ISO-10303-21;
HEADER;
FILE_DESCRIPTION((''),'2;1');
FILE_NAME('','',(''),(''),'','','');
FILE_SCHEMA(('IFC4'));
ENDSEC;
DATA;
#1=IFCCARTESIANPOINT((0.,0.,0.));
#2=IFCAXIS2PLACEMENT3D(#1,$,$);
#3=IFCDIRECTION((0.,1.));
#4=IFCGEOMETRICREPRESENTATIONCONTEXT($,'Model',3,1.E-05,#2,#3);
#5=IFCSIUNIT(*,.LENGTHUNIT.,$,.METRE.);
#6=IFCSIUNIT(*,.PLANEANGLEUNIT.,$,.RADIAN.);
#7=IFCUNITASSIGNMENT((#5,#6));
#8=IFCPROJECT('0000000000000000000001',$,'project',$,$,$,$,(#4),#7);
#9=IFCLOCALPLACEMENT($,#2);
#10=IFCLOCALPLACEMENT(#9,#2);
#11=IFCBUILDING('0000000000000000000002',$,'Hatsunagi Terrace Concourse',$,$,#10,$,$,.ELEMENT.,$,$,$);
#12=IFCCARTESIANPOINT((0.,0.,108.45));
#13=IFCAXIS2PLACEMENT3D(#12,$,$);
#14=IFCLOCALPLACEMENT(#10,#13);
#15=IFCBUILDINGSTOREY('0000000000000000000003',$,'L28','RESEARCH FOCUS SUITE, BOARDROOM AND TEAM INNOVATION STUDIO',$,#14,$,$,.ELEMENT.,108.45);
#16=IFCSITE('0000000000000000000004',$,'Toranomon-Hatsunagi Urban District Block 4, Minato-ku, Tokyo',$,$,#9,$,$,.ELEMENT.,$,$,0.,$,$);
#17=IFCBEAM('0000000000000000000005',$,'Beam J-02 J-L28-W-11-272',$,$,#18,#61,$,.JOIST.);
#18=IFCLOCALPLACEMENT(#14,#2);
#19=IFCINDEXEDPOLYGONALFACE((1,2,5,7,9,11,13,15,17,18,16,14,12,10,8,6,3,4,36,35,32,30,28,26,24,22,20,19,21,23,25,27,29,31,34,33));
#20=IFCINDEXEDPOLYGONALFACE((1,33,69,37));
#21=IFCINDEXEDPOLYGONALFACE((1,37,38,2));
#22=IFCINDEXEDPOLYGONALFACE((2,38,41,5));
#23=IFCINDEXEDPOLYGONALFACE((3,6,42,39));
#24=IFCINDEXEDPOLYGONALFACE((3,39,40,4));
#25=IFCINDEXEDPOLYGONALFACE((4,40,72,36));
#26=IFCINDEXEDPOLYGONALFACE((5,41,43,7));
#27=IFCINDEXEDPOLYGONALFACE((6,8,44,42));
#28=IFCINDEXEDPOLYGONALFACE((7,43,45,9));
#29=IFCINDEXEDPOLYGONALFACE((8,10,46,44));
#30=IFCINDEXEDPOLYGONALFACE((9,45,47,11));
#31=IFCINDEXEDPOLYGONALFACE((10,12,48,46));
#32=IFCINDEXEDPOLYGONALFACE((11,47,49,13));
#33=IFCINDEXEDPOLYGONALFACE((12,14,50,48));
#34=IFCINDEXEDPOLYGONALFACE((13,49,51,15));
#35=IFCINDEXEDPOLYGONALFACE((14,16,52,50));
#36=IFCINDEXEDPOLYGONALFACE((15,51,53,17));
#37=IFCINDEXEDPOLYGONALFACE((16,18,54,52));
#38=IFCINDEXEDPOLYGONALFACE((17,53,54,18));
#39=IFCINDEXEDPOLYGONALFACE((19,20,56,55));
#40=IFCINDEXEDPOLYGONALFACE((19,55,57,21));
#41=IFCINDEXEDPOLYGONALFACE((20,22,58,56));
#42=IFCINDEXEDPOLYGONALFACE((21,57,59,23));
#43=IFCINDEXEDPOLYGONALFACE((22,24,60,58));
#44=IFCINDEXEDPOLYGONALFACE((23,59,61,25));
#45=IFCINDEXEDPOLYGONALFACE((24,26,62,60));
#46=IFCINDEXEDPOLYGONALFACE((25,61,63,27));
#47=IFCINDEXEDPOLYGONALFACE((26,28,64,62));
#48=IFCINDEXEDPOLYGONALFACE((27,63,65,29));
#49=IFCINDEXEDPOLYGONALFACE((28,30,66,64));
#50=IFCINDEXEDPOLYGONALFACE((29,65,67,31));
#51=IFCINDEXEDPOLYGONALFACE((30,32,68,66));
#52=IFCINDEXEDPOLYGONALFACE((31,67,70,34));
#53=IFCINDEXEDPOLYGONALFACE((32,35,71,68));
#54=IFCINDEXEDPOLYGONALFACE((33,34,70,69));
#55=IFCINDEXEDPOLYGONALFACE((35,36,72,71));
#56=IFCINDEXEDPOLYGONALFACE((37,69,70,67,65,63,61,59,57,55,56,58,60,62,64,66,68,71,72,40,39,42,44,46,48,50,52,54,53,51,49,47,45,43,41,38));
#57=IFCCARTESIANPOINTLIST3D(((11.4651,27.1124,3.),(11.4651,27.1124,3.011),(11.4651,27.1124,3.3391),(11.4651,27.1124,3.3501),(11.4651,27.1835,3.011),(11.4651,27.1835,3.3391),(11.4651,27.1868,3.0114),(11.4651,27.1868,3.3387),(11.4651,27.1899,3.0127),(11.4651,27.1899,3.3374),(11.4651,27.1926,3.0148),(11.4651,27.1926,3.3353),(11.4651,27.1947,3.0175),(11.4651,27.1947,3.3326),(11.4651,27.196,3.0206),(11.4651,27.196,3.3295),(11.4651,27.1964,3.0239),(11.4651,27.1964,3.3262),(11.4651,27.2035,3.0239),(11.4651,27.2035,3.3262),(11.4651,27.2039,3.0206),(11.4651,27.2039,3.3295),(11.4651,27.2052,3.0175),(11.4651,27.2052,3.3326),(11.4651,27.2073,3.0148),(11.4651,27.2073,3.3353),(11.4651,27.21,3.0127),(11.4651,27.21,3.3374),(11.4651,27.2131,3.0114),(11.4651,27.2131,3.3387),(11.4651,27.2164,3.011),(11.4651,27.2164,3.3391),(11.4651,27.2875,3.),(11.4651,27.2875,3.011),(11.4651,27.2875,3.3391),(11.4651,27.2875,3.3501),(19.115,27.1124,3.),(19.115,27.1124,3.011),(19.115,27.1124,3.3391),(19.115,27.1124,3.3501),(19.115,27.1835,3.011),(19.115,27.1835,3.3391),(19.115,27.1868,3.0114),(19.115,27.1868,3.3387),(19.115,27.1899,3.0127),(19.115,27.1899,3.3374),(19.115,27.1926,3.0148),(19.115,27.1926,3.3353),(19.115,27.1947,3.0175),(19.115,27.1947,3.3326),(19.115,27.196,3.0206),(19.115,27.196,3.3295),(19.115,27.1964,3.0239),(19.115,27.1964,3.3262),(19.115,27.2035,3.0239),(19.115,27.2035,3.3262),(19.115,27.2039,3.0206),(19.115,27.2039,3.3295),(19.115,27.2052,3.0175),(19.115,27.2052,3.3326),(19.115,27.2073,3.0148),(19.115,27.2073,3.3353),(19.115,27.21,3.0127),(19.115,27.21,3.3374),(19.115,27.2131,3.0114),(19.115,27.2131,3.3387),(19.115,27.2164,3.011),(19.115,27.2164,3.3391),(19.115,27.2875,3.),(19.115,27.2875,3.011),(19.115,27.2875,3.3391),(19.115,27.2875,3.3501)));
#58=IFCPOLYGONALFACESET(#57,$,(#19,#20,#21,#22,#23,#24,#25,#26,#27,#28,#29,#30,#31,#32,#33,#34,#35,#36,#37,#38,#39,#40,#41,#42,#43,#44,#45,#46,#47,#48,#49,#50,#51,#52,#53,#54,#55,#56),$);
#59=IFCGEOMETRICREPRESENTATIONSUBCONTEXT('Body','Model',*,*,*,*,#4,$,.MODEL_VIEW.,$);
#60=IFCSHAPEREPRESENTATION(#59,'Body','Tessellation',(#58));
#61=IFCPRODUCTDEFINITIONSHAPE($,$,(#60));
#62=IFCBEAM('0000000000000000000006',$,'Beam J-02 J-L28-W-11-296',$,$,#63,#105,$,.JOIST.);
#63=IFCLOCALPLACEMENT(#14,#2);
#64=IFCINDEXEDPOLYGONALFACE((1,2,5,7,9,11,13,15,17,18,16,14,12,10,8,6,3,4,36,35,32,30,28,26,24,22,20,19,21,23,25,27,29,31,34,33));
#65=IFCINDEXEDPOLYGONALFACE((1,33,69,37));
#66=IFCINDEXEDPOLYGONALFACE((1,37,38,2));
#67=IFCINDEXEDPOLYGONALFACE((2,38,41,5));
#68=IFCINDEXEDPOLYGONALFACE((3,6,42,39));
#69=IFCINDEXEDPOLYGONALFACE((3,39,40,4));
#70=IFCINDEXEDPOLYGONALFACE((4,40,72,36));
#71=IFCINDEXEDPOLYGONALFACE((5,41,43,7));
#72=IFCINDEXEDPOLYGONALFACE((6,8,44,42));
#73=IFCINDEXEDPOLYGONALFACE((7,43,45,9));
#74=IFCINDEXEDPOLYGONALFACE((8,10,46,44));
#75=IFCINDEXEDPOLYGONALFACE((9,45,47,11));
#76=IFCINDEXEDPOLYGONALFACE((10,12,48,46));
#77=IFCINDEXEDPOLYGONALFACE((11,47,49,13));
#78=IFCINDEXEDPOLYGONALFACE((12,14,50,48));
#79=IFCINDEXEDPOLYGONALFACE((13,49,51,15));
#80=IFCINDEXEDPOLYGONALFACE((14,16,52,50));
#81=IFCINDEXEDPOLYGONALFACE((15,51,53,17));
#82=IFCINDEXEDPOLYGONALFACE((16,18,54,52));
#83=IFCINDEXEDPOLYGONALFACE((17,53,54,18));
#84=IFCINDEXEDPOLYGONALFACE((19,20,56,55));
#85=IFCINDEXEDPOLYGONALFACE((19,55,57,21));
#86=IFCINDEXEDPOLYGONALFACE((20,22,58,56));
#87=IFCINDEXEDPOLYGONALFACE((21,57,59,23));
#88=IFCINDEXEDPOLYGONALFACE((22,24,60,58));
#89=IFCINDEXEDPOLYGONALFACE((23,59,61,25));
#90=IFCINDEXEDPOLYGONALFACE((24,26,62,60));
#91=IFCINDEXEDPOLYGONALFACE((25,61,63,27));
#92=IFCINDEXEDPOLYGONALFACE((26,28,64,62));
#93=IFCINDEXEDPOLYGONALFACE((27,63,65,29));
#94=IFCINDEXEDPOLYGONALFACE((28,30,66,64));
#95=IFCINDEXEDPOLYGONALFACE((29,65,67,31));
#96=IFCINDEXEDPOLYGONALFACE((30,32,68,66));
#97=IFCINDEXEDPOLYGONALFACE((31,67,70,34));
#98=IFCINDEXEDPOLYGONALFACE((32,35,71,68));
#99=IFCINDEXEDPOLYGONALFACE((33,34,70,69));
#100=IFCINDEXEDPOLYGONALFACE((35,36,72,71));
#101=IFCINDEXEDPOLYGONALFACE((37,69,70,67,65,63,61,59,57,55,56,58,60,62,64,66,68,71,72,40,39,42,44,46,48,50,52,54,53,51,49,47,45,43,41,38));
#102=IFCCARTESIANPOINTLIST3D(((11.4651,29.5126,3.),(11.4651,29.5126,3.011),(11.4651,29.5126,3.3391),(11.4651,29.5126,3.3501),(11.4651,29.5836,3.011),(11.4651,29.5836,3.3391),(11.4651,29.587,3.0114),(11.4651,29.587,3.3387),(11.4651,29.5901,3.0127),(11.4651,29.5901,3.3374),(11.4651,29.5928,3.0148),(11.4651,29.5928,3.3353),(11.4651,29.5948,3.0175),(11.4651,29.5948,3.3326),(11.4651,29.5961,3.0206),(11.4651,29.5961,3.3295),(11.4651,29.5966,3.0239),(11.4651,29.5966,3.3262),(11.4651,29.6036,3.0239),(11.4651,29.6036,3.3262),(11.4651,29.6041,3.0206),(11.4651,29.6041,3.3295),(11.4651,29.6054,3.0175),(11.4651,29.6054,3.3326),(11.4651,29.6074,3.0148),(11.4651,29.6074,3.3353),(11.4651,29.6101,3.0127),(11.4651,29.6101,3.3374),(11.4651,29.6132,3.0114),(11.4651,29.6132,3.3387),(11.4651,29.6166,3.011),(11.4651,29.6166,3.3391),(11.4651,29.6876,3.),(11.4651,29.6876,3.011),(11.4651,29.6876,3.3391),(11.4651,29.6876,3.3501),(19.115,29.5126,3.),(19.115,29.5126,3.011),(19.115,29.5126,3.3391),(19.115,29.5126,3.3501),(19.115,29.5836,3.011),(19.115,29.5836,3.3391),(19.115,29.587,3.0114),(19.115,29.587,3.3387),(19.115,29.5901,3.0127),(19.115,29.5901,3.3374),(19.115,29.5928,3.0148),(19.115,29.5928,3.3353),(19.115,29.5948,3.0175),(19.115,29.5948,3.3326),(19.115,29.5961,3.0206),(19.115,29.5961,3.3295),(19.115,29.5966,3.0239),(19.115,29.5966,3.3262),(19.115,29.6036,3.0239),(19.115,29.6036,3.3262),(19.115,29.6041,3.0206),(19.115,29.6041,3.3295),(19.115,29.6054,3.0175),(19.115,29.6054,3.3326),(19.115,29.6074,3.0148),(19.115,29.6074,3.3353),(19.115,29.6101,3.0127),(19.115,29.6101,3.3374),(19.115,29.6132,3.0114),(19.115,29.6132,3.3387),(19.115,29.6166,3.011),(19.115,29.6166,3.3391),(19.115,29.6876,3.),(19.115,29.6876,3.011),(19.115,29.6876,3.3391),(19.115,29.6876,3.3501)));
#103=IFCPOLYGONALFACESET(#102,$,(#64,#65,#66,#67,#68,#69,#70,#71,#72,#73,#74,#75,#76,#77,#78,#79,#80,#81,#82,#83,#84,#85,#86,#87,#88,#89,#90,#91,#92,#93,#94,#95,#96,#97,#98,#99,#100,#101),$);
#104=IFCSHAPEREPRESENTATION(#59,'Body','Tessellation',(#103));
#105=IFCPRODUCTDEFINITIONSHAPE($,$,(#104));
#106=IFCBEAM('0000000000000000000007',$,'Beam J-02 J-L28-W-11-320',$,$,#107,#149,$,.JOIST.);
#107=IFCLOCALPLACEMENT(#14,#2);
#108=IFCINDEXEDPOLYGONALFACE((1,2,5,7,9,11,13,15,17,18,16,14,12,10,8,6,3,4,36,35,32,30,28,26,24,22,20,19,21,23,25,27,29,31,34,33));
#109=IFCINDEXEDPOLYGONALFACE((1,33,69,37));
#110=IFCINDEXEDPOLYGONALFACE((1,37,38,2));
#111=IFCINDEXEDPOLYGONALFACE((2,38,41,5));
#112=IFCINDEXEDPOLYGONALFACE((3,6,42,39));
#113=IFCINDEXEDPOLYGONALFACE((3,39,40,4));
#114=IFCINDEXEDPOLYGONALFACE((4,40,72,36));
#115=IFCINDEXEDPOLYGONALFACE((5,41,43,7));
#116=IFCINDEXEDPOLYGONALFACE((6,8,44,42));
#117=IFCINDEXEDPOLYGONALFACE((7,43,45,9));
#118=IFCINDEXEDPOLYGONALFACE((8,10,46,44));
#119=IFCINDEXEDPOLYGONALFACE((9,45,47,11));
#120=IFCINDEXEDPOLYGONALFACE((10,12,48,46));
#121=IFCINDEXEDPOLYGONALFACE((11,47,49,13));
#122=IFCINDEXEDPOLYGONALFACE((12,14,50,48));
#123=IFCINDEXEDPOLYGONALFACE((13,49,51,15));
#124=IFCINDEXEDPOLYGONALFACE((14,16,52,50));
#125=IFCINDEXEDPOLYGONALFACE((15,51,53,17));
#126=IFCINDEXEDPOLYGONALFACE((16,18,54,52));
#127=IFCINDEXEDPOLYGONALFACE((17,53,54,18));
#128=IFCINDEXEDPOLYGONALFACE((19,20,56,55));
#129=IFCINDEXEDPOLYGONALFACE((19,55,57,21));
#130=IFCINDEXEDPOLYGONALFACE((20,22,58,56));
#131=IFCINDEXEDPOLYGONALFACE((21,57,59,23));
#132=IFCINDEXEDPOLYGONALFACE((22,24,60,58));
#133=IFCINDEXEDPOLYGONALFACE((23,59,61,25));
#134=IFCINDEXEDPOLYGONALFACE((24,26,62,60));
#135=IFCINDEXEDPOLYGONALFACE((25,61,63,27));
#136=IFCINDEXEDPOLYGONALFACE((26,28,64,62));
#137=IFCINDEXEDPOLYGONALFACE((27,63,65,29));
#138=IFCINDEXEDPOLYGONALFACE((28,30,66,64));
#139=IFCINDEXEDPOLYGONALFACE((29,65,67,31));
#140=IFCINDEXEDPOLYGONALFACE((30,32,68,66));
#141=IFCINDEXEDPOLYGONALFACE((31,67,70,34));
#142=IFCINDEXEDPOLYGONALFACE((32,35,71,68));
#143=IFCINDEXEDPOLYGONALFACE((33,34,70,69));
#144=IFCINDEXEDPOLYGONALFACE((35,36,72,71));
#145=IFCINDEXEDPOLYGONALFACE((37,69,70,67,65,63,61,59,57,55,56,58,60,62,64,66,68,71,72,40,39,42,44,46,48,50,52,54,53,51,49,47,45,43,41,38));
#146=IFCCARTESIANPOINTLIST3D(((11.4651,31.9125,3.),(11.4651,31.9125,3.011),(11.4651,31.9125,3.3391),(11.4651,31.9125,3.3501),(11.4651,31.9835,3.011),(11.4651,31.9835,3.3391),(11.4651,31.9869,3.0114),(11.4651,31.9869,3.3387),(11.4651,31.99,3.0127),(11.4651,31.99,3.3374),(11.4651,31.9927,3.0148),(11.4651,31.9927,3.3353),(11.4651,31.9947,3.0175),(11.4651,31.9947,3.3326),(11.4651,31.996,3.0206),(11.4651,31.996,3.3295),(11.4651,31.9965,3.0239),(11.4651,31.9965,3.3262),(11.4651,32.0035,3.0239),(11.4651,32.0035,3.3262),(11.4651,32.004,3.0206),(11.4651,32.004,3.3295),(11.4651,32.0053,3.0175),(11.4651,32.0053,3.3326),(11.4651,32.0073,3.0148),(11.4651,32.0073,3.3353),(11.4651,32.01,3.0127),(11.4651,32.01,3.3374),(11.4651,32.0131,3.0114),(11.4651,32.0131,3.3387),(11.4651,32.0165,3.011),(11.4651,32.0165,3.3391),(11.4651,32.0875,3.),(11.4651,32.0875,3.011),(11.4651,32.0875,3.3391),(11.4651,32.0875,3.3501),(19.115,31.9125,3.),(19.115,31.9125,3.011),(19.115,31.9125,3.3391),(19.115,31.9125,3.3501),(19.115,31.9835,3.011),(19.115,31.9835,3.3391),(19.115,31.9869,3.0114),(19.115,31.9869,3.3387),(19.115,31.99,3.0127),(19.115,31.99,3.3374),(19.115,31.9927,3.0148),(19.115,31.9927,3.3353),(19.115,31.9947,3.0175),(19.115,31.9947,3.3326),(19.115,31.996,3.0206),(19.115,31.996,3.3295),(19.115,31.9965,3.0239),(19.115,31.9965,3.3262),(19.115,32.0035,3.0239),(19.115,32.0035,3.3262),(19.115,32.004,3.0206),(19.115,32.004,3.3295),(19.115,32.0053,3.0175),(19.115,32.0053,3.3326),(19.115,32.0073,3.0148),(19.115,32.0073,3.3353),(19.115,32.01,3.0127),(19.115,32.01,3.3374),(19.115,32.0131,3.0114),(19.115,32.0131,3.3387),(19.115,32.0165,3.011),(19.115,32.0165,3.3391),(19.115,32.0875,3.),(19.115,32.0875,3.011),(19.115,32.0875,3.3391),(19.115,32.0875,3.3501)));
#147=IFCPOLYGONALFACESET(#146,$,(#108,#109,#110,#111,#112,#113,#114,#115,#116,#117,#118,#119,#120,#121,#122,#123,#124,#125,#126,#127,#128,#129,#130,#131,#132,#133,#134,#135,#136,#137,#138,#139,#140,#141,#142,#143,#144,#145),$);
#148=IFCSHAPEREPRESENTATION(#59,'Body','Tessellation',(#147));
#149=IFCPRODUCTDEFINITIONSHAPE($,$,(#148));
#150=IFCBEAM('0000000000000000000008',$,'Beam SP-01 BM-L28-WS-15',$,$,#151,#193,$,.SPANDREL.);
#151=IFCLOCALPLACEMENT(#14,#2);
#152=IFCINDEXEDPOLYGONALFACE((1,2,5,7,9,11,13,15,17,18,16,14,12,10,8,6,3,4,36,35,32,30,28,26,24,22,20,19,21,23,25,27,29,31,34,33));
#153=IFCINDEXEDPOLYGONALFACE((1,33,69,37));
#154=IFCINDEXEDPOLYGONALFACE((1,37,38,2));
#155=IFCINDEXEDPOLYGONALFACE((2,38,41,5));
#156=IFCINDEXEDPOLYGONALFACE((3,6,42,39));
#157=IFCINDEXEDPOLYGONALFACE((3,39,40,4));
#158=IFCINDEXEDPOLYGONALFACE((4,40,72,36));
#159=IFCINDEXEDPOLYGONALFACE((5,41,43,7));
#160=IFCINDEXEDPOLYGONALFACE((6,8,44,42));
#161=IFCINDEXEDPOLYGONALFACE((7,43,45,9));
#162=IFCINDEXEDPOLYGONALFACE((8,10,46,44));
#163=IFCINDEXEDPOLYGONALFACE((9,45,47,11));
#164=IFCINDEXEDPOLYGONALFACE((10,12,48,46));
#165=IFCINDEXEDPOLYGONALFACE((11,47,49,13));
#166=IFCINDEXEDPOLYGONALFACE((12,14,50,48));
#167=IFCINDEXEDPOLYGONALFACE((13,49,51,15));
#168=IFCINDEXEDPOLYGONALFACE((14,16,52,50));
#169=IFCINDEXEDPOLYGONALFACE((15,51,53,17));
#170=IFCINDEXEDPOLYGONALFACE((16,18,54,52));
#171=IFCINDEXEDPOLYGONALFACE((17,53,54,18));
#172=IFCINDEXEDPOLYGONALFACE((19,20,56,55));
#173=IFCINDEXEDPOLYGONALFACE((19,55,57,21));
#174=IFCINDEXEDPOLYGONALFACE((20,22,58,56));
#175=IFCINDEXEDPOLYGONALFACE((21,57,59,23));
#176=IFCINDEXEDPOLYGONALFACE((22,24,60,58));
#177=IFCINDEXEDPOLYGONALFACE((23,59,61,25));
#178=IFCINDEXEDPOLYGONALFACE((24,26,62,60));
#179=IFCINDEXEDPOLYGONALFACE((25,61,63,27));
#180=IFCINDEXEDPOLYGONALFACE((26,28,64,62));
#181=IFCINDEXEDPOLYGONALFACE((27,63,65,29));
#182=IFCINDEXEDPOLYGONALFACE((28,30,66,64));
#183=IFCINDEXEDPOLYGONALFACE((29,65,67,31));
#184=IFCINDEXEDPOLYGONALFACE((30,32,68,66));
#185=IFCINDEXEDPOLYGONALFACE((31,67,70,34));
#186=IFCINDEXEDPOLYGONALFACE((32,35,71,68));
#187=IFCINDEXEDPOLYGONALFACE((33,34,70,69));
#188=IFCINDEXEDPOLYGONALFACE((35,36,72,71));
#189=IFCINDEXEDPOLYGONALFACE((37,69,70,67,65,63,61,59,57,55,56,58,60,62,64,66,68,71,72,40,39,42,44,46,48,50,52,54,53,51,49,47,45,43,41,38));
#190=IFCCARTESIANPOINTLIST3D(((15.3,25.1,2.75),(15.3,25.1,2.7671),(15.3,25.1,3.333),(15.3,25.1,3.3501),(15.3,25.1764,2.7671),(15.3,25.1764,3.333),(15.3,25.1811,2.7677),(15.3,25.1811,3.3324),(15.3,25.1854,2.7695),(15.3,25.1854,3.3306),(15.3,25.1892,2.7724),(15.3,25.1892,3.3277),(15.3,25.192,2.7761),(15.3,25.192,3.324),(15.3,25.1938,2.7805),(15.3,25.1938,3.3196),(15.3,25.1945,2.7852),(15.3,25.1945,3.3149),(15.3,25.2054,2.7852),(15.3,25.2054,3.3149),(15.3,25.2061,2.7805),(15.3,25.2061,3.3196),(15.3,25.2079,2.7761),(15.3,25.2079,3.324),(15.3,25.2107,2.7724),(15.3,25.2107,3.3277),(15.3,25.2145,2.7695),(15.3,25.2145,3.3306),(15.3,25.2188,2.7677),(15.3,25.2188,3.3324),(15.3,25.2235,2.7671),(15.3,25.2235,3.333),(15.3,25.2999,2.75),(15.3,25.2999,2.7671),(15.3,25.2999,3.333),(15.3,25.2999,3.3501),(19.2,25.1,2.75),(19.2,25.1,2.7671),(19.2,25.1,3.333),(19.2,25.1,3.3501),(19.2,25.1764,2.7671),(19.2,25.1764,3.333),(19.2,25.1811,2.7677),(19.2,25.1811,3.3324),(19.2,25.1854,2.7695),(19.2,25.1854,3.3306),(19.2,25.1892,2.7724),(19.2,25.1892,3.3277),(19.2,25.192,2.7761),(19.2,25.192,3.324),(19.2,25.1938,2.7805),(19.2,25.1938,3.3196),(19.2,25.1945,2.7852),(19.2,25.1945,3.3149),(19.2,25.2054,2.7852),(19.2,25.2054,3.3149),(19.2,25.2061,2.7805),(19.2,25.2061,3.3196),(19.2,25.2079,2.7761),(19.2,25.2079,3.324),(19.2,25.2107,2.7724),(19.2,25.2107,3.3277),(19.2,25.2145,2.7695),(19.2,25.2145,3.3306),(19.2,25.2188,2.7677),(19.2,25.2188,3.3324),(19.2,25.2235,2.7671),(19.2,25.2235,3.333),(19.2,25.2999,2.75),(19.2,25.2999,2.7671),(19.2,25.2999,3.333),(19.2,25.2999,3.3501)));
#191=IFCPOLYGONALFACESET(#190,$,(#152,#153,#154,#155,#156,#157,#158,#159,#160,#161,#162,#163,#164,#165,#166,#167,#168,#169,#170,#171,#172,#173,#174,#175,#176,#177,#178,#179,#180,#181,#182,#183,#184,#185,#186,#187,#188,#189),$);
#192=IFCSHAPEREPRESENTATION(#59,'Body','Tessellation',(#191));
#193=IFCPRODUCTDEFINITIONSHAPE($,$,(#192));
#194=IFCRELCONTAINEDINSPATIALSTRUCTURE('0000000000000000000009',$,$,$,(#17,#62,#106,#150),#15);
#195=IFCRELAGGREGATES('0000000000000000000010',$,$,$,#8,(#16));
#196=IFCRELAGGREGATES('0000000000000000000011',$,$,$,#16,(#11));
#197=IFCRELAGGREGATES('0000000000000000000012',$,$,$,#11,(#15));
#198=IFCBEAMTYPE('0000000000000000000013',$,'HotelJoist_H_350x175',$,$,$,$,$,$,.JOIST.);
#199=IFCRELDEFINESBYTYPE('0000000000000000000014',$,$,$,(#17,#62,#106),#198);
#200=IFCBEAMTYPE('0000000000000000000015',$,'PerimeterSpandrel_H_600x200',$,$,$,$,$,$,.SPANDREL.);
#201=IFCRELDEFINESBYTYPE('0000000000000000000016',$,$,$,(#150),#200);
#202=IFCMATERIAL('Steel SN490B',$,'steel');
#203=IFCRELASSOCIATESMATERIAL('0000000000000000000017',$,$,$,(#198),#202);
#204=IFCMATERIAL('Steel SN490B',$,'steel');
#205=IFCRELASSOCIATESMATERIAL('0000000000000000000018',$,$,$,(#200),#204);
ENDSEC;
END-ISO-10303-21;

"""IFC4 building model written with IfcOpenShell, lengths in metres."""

from ifc_helpers import new_model, si_unit, direction, frame, origin, origin_2d, place, context, subcontext, project, spatial, i_section, extrude, material, material_profile, profile_set, type_object, element, save


model = new_model("IFC4")

# Units and contexts
model_context = context("Model", 3, precision=1e-05, world=origin(), true_north=direction((0.0, 1.0)))
body_context = subcontext(model_context, "Body", "Model", "MODEL_VIEW")
ifc_project = project(units=[si_unit("LENGTHUNIT", "METRE"), si_unit("PLANEANGLEUNIT", "RADIAN")], contexts=[model_context])

# Site, building, storey
site_placement = place(None, origin())
site = spatial("IfcSite", under=ifc_project, at=site_placement, Name="Toranomon-Hatsunagi Urban District Block 4, Minato-ku, Tokyo", CompositionType="ELEMENT", RefElevation=0.0)
building_placement = place(site_placement, origin())
building = spatial("IfcBuilding", under=site, at=building_placement, Name="Hatsunagi Terrace Concourse", CompositionType="ELEMENT")
storey_placement = place(building_placement, frame((0.0, 0.0, 108.45)))
storey = spatial("IfcBuildingStorey", under=building, at=storey_placement, Name="L28", Description="RESEARCH FOCUS SUITE, BOARDROOM AND TEAM INNOVATION STUDIO", CompositionType="ELEMENT", Elevation=108.45)

# Beams
ifc_material_1 = material(Name="Steel SN490B", Category="steel")
ifc_material_profile_1 = material_profile(ifc_material_1, i_section(OverallWidth=0.175, OverallDepth=0.3501, WebThickness=0.0071, FlangeThickness=0.011, FilletRadius=0.0129, at=origin_2d()), Name="H-350x175x7x11")
ifc_profile_set_1 = profile_set([ifc_material_profile_1], Name="Steel SN490B")
beam_type_1 = type_object("IfcBeamType", Name="HotelJoist_H_350x175", PredefinedType="JOIST", material=ifc_profile_set_1)
for number, where, z_axis, x_axis, name in (
    (1, (11.4651, 27.2, 3.175), (1.0, 0.0, 0.0), (0.0, 1.0, 0.0), "Beam J-02 J-L28-W-11-272"),
    (2, (11.4651, 29.6001, 3.175), (1.0, 0.0, 0.0), (0.0, 1.0, 0.0), "Beam J-02 J-L28-W-11-296"),
    (3, (11.4651, 32.0, 3.175), (1.0, 0.0, 0.0), (0.0, 1.0, 0.0), "Beam J-02 J-L28-W-11-320"),
):
    element("IfcBeam", number, at=place(storey_placement, frame(where, z_axis=z_axis, x_axis=x_axis)), inside=storey, type_object=beam_type_1, Name=name, PredefinedType="JOIST", context=body_context, shape_type="SweptSolid", body=[
        extrude(i_section(OverallWidth=0.175, OverallDepth=0.3501, WebThickness=0.0071, FlangeThickness=0.011, FilletRadius=0.0129, at=origin_2d()), origin(), (0.0, 0.0, 1.0), 7.6499),
    ])
ifc_material_2 = material(Name="Steel SN490B", Category="steel")
ifc_material_profile_2 = material_profile(ifc_material_2, i_section(OverallWidth=0.2, OverallDepth=0.6001, WebThickness=0.011, FlangeThickness=0.0171, FilletRadius=0.0181, at=origin_2d()), Name="H-600x200x11x17")
ifc_profile_set_2 = profile_set([ifc_material_profile_2], Name="Steel SN490B")
beam_type_2 = type_object("IfcBeamType", Name="PerimeterSpandrel_H_600x200", PredefinedType="SPANDREL", material=ifc_profile_set_2)
beam_placement = place(storey_placement, frame((15.3, 25.2, 3.05), z_axis=(1.0, 0.0, 0.0), x_axis=(0.0, 1.0, 0.0)))
element("IfcBeam", 4, at=beam_placement, inside=storey, type_object=beam_type_2, Name="Beam SP-01 BM-L28-WS-15", PredefinedType="SPANDREL", context=body_context, shape_type="SweptSolid", body=[
    extrude(i_section(OverallWidth=0.2, OverallDepth=0.6001, WebThickness=0.011, FlangeThickness=0.0171, FilletRadius=0.0181, at=origin_2d()), origin(), (0.0, 0.0, 1.0), 3.8999),
])

save(model, "model.ifc")
